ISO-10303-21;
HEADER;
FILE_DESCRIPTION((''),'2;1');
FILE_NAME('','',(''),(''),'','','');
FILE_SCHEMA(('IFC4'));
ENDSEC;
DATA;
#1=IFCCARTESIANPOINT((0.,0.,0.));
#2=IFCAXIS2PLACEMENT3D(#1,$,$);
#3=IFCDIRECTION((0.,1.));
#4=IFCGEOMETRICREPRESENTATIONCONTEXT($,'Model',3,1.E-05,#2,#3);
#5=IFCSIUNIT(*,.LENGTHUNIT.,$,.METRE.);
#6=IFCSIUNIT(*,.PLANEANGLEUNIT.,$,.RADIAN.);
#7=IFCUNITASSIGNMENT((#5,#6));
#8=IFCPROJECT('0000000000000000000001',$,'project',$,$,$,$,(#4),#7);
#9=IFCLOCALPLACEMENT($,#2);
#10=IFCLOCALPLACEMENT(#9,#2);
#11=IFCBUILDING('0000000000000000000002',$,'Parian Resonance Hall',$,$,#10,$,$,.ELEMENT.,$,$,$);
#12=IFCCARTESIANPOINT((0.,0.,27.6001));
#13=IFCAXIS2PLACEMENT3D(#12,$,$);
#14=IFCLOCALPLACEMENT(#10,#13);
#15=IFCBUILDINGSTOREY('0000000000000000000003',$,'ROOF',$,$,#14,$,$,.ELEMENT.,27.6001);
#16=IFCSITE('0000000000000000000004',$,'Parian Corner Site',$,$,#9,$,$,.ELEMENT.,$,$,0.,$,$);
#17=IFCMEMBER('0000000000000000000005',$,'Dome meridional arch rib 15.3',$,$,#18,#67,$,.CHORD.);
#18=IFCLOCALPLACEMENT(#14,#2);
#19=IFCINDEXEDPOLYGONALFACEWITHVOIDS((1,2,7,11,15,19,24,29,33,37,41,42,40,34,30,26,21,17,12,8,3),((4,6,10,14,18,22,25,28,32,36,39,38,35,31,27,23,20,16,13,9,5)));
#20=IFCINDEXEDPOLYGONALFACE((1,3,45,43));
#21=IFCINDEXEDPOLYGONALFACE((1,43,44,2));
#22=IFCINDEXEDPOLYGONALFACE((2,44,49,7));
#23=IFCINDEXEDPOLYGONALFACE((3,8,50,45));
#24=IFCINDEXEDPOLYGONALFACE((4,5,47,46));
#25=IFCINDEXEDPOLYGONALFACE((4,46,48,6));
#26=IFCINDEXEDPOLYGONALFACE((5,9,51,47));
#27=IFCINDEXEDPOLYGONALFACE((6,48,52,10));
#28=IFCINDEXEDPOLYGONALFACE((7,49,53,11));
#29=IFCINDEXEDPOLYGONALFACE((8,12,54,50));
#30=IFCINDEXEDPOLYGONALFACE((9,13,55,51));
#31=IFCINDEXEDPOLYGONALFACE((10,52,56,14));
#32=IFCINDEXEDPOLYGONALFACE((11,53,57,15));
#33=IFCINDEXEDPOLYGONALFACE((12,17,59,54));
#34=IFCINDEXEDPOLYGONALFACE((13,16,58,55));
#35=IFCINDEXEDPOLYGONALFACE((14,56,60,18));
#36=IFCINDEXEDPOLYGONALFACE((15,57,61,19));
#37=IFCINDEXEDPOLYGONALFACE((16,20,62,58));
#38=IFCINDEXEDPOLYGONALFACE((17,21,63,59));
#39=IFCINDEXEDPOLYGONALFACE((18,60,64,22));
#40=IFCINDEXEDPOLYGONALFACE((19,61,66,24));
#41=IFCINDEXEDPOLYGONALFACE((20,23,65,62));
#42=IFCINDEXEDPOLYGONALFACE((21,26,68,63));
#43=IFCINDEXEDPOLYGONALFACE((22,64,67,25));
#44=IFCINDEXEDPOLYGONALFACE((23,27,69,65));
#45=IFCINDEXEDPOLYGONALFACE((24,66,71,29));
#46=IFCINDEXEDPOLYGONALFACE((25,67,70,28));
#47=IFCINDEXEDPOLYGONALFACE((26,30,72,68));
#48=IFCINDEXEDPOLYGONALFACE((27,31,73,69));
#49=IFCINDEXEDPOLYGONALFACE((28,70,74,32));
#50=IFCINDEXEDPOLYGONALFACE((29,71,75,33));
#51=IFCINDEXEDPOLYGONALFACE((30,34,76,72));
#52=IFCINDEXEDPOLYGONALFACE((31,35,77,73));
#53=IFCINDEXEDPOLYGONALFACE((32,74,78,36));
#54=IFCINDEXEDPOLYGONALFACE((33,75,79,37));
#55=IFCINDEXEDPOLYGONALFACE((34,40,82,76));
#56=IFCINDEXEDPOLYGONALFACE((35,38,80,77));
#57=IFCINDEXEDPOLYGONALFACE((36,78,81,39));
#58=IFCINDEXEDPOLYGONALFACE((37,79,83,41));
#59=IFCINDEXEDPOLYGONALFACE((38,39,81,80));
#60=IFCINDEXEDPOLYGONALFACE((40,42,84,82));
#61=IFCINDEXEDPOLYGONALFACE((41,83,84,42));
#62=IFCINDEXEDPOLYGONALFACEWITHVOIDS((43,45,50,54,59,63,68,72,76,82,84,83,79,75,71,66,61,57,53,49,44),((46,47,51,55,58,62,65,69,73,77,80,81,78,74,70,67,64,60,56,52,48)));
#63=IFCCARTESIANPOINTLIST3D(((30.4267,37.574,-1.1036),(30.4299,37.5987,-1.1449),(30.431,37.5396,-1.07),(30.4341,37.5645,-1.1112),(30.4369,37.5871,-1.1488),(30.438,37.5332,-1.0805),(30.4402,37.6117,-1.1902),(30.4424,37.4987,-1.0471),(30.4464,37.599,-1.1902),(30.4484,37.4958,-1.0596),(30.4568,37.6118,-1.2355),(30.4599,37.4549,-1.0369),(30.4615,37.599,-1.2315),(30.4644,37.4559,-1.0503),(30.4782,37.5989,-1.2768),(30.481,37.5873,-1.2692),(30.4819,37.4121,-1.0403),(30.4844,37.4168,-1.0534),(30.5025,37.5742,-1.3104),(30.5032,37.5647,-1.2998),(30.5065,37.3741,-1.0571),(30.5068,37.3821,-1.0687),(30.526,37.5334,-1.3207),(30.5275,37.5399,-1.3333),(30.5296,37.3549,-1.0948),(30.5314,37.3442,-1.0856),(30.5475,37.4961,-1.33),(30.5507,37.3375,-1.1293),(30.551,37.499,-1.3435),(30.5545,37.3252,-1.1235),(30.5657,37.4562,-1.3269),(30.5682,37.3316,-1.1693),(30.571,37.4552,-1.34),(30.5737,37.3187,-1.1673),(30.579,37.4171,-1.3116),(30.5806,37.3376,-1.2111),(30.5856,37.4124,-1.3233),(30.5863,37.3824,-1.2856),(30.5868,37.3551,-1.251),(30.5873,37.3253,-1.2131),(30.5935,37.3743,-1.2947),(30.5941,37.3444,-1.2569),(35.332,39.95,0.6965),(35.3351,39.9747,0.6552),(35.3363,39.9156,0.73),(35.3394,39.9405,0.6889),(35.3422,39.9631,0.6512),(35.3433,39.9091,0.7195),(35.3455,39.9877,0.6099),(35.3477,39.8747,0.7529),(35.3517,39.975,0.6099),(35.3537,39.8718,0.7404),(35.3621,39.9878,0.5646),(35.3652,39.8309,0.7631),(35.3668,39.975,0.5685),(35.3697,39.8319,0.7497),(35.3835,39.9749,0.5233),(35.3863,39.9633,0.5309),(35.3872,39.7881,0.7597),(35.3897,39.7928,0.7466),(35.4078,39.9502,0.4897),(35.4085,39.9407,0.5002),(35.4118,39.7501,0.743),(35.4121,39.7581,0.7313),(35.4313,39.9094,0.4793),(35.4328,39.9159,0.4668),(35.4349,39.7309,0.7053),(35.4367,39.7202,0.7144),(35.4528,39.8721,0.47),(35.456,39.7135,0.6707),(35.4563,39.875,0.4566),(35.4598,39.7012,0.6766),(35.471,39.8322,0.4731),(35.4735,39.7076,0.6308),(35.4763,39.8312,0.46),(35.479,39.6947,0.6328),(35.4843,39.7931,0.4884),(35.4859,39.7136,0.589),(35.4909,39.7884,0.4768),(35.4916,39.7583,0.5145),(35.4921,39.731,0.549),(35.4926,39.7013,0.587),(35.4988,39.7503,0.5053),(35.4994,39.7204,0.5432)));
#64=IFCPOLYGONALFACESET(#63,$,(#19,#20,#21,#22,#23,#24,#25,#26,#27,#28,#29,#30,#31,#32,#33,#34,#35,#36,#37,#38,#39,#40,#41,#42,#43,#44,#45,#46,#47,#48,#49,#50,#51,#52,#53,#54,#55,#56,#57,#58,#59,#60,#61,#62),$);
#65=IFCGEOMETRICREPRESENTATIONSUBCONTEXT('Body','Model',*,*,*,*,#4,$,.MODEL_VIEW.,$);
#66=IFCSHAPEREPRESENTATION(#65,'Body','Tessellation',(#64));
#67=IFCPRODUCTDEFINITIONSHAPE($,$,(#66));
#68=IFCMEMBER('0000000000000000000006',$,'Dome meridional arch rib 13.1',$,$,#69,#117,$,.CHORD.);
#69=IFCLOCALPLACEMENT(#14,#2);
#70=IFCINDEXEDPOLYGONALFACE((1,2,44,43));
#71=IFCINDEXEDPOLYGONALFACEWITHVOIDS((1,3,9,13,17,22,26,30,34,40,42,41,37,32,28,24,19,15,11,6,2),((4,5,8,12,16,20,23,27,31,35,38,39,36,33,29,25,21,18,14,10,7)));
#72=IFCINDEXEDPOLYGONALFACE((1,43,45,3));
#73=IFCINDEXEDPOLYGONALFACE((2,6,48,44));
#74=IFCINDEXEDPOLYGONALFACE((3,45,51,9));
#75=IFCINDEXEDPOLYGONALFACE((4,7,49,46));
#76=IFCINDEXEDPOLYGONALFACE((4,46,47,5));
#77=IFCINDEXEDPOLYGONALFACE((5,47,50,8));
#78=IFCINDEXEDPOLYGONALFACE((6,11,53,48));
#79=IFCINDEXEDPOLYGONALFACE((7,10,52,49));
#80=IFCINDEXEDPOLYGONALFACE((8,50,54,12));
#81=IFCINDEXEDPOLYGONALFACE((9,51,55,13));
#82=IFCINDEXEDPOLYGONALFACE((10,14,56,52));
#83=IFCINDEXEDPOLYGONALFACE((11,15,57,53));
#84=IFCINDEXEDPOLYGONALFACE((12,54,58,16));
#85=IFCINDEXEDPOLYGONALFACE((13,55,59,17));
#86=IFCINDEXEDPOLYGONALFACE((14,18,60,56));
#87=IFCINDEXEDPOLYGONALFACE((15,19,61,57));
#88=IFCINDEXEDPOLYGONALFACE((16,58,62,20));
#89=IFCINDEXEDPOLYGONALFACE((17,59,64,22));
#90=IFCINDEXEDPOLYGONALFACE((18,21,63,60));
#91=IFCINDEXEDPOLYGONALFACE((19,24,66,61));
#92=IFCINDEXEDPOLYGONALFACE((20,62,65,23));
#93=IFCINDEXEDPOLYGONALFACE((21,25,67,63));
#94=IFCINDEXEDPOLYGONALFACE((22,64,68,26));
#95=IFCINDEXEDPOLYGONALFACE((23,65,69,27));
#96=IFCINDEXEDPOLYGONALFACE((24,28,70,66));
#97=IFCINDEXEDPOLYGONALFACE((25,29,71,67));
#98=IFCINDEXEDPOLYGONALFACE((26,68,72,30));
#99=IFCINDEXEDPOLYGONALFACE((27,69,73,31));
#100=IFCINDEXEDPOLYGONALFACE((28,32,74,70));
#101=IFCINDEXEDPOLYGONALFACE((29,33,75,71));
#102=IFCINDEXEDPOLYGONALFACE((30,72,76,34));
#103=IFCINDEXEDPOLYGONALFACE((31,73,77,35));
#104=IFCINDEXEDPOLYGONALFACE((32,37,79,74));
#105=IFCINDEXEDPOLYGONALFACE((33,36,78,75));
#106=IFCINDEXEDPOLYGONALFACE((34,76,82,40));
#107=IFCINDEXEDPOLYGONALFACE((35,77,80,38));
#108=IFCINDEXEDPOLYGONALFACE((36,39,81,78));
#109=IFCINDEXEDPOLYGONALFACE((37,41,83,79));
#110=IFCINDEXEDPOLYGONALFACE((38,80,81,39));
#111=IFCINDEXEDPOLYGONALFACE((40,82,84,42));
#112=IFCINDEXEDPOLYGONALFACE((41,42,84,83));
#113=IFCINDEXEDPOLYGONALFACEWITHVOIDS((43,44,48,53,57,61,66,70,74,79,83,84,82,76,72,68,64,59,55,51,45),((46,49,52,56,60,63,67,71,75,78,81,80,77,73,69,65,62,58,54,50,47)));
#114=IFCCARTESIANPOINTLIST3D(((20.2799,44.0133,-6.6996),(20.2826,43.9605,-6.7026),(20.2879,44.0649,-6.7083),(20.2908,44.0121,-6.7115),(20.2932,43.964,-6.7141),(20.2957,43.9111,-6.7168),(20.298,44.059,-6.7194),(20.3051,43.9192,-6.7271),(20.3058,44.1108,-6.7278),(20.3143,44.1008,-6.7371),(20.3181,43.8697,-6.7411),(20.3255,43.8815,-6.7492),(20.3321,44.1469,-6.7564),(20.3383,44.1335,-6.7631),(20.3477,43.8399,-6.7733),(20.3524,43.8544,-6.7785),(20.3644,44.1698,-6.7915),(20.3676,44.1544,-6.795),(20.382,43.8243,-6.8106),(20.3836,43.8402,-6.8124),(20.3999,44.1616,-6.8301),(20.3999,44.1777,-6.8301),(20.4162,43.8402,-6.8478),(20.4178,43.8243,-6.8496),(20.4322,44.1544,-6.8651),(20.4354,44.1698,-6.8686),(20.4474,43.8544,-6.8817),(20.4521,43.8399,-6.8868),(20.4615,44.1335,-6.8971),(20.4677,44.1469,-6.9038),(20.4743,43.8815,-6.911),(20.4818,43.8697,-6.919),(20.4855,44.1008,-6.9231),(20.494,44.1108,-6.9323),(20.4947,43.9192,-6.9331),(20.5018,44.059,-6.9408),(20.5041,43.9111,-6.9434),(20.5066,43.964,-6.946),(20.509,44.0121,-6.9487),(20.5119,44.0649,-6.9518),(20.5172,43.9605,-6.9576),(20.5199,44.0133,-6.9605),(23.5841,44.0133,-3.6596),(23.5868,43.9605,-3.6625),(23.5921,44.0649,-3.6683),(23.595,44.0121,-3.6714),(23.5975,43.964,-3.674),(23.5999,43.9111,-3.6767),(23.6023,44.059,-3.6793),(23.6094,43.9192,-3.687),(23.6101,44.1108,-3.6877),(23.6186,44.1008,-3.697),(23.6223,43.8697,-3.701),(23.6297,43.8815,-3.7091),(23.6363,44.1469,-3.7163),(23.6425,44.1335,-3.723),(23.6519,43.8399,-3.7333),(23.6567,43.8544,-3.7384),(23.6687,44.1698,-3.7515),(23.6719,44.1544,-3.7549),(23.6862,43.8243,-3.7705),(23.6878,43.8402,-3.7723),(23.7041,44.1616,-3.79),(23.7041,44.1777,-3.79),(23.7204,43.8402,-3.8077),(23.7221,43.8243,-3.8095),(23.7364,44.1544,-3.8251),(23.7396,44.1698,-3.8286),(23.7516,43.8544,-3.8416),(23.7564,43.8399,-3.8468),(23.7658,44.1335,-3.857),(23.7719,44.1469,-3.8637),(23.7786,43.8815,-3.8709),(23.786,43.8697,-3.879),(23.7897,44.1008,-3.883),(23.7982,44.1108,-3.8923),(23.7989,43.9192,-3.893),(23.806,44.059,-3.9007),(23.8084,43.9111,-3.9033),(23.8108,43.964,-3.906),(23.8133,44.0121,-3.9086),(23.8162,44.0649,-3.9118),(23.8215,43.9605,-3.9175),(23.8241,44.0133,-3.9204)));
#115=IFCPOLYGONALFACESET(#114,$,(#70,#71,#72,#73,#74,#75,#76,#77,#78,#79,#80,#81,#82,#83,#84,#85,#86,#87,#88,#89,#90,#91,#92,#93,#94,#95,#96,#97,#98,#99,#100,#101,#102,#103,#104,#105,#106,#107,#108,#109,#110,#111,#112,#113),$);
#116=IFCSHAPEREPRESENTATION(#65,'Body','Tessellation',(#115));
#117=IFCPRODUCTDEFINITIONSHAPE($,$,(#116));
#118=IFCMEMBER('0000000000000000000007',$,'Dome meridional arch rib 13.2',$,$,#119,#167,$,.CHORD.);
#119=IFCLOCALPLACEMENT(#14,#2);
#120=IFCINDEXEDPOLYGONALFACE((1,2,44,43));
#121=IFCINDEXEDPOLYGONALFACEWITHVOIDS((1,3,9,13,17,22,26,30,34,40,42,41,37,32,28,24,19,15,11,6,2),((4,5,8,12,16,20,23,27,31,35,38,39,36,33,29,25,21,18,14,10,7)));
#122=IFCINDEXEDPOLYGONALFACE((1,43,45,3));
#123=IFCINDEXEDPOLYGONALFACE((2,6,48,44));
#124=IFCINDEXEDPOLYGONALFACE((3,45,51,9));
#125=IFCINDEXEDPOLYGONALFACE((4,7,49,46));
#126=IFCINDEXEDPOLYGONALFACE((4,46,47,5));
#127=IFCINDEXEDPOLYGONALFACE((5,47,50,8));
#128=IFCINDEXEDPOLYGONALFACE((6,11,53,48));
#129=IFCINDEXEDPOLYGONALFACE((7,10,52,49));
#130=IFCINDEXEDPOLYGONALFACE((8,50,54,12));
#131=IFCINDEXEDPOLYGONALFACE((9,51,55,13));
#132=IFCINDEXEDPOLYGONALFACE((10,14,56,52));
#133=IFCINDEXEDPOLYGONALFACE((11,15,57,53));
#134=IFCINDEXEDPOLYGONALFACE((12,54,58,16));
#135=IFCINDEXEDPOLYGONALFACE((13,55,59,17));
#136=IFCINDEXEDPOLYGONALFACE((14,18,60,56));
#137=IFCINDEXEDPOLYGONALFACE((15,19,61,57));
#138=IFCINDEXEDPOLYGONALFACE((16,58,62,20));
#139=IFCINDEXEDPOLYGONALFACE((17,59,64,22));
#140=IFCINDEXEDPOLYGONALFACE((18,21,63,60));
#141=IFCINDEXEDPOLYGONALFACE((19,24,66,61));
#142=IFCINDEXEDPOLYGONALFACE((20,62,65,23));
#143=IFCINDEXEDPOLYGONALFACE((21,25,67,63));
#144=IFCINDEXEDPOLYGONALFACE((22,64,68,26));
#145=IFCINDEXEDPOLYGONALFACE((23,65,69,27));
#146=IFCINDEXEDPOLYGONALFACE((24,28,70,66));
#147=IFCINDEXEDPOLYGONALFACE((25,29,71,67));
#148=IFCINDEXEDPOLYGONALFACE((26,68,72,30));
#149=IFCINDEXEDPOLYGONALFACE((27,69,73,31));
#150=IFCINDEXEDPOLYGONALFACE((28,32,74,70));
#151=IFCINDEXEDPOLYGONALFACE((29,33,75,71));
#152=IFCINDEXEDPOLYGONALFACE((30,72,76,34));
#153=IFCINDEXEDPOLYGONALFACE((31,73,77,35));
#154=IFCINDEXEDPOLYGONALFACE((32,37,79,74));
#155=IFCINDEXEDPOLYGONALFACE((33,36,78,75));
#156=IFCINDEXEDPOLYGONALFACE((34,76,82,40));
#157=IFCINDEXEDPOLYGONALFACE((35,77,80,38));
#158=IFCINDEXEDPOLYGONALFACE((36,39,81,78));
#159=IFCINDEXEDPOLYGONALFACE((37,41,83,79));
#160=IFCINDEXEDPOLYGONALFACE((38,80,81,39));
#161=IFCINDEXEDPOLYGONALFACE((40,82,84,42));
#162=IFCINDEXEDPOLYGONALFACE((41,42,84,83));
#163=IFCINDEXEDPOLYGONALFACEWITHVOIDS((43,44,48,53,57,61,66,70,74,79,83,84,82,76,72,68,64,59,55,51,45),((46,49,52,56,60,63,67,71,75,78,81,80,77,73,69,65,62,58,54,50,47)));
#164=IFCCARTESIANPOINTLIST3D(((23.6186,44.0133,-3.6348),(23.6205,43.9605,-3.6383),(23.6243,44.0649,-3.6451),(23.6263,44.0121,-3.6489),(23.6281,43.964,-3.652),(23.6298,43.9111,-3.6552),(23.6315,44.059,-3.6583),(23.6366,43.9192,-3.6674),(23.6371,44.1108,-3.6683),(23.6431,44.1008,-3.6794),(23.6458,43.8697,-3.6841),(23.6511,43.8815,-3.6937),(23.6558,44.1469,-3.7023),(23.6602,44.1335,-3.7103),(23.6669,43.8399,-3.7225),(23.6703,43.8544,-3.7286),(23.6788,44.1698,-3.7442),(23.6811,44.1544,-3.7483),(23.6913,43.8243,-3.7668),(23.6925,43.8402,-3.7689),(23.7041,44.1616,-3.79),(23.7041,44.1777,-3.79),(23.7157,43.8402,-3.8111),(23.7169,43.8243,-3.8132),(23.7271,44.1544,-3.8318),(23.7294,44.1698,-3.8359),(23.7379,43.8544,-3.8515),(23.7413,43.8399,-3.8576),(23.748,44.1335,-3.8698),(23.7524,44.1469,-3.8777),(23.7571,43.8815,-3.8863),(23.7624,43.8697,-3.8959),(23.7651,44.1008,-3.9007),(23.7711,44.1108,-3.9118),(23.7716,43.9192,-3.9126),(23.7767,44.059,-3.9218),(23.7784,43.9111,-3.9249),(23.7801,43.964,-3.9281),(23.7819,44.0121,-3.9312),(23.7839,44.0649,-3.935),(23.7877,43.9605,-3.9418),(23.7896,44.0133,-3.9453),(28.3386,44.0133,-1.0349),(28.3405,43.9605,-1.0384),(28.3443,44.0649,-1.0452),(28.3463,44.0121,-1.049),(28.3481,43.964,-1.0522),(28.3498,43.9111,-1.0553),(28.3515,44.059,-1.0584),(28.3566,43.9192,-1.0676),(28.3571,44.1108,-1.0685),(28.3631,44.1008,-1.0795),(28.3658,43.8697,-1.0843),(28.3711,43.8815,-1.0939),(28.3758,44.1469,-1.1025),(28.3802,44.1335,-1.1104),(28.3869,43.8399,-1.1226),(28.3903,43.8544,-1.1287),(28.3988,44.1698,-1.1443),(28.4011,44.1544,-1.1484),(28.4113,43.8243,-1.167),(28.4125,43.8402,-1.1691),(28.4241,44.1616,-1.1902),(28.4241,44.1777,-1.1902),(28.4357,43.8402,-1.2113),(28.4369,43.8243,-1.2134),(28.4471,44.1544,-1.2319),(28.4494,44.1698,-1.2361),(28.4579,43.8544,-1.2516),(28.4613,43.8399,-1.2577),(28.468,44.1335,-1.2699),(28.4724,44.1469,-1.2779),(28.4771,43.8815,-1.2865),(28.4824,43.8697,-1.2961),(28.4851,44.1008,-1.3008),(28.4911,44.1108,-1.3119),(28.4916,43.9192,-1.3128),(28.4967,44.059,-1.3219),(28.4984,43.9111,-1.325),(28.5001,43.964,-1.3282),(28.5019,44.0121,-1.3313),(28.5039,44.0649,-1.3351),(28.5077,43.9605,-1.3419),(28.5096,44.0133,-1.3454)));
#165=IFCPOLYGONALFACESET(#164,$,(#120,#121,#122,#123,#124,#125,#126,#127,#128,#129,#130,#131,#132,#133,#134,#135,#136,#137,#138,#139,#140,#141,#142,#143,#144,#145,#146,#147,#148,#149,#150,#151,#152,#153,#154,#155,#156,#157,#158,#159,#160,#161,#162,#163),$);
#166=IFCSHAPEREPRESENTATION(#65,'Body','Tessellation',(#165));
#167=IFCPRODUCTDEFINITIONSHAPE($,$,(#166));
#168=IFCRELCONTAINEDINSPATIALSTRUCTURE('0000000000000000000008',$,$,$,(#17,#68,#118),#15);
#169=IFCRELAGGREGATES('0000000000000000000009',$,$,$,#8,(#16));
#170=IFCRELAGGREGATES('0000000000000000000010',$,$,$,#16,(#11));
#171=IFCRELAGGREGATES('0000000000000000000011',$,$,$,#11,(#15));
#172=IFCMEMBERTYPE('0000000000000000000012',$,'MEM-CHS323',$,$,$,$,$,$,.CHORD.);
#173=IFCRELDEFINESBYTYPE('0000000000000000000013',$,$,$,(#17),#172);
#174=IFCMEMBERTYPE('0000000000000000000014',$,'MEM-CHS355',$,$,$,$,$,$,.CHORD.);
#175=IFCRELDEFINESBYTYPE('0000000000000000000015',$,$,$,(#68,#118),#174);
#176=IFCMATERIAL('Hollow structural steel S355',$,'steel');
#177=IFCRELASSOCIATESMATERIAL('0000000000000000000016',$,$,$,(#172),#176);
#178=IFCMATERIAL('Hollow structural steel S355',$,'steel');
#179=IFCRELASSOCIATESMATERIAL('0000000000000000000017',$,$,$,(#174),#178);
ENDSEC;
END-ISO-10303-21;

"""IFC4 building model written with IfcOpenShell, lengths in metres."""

from ifc_helpers import new_model, si_unit, direction, frame, origin, origin_2d, place, context, subcontext, project, spatial, hollow_circle, extrude, material, material_profile, profile_set, type_object, element, save


model = new_model("IFC4")

# Units and contexts
model_context = context("Model", 3, precision=1e-05, world=origin(), true_north=direction((0.0, 1.0)))
body_context = subcontext(model_context, "Body", "Model", "MODEL_VIEW")
ifc_project = project(units=[si_unit("LENGTHUNIT", "METRE"), si_unit("PLANEANGLEUNIT", "RADIAN")], contexts=[model_context])

# Site, building, storey
site_placement = place(None, origin())
site = spatial("IfcSite", under=ifc_project, at=site_placement, Name="Parian Corner Site", CompositionType="ELEMENT", RefElevation=0.0)
building_placement = place(site_placement, origin())
building = spatial("IfcBuilding", under=site, at=building_placement, Name="Parian Resonance Hall", CompositionType="ELEMENT")
storey_placement = place(building_placement, frame((0.0, 0.0, 27.6001)))
storey = spatial("IfcBuildingStorey", under=building, at=storey_placement, Name="ROOF", CompositionType="ELEMENT", Elevation=27.6001)

# Members
ifc_material_1 = material(Name="Hollow structural steel S355", Category="steel")
ifc_material_profile_1 = material_profile(ifc_material_1, hollow_circle(Radius=0.1619, WallThickness=0.0142, at=origin_2d()), Name="CHS323.9x14.2")
ifc_profile_set_1 = profile_set([ifc_material_profile_1], Name="Hollow structural steel S355")
member_type_1 = type_object("IfcMemberType", Name="MEM-CHS323", PredefinedType="CHORD", material=ifc_profile_set_1)
member_1_placement = place(storey_placement, frame((30.5107, 37.4661, -1.1902), z_axis=(0.854583, 0.413936, 0.3136), x_axis=(-0.435926, 0.899982, 0.0)))
element("IfcMember", 1, at=member_1_placement, inside=storey, type_object=member_type_1, Name="Dome meridional arch rib 15.3", PredefinedType="CHORD", context=body_context, shape_type="SweptSolid", body=[
    extrude(hollow_circle(Radius=0.1619, WallThickness=0.0142, at=origin_2d()), origin(), (0.0, 0.0, 1.0), 5.74),
])
ifc_material_2 = material(Name="Hollow structural steel S355", Category="steel")
ifc_material_profile_2 = material_profile(ifc_material_2, hollow_circle(Radius=0.1777, WallThickness=0.0161, at=origin_2d()), Name="CHS355.6x16")
ifc_profile_set_2 = profile_set([ifc_material_profile_2], Name="Hollow structural steel S355")
member_type_2 = type_object("IfcMemberType", Name="MEM-CHS355", PredefinedType="CHORD", material=ifc_profile_set_2)
member_2_placement = place(storey_placement, frame((20.3999, 44.0, -6.8301), z_axis=(0.735912, 0.0, 0.677078), x_axis=(0.0, 1.0, 0.0)))
element("IfcMember", 2, at=member_2_placement, inside=storey, type_object=member_type_2, Name="Dome meridional arch rib 13.1", PredefinedType="CHORD", context=body_context, shape_type="SweptSolid", body=[
    extrude(hollow_circle(Radius=0.1777, WallThickness=0.0161, at=origin_2d()), origin(), (0.0, 0.0, 1.0), 4.49),
])
member_3_placement = place(storey_placement, frame((23.7041, 44.0, -3.79), z_axis=(0.875913, 0.0, 0.48247), x_axis=(0.0, 1.0, 0.0)))
element("IfcMember", 3, at=member_3_placement, inside=storey, type_object=member_type_2, Name="Dome meridional arch rib 13.2", PredefinedType="CHORD", context=body_context, shape_type="SweptSolid", body=[
    extrude(hollow_circle(Radius=0.1777, WallThickness=0.0161, at=origin_2d()), origin(), (0.0, 0.0, 1.0), 5.3887),
])

save(model, "model.ifc")
